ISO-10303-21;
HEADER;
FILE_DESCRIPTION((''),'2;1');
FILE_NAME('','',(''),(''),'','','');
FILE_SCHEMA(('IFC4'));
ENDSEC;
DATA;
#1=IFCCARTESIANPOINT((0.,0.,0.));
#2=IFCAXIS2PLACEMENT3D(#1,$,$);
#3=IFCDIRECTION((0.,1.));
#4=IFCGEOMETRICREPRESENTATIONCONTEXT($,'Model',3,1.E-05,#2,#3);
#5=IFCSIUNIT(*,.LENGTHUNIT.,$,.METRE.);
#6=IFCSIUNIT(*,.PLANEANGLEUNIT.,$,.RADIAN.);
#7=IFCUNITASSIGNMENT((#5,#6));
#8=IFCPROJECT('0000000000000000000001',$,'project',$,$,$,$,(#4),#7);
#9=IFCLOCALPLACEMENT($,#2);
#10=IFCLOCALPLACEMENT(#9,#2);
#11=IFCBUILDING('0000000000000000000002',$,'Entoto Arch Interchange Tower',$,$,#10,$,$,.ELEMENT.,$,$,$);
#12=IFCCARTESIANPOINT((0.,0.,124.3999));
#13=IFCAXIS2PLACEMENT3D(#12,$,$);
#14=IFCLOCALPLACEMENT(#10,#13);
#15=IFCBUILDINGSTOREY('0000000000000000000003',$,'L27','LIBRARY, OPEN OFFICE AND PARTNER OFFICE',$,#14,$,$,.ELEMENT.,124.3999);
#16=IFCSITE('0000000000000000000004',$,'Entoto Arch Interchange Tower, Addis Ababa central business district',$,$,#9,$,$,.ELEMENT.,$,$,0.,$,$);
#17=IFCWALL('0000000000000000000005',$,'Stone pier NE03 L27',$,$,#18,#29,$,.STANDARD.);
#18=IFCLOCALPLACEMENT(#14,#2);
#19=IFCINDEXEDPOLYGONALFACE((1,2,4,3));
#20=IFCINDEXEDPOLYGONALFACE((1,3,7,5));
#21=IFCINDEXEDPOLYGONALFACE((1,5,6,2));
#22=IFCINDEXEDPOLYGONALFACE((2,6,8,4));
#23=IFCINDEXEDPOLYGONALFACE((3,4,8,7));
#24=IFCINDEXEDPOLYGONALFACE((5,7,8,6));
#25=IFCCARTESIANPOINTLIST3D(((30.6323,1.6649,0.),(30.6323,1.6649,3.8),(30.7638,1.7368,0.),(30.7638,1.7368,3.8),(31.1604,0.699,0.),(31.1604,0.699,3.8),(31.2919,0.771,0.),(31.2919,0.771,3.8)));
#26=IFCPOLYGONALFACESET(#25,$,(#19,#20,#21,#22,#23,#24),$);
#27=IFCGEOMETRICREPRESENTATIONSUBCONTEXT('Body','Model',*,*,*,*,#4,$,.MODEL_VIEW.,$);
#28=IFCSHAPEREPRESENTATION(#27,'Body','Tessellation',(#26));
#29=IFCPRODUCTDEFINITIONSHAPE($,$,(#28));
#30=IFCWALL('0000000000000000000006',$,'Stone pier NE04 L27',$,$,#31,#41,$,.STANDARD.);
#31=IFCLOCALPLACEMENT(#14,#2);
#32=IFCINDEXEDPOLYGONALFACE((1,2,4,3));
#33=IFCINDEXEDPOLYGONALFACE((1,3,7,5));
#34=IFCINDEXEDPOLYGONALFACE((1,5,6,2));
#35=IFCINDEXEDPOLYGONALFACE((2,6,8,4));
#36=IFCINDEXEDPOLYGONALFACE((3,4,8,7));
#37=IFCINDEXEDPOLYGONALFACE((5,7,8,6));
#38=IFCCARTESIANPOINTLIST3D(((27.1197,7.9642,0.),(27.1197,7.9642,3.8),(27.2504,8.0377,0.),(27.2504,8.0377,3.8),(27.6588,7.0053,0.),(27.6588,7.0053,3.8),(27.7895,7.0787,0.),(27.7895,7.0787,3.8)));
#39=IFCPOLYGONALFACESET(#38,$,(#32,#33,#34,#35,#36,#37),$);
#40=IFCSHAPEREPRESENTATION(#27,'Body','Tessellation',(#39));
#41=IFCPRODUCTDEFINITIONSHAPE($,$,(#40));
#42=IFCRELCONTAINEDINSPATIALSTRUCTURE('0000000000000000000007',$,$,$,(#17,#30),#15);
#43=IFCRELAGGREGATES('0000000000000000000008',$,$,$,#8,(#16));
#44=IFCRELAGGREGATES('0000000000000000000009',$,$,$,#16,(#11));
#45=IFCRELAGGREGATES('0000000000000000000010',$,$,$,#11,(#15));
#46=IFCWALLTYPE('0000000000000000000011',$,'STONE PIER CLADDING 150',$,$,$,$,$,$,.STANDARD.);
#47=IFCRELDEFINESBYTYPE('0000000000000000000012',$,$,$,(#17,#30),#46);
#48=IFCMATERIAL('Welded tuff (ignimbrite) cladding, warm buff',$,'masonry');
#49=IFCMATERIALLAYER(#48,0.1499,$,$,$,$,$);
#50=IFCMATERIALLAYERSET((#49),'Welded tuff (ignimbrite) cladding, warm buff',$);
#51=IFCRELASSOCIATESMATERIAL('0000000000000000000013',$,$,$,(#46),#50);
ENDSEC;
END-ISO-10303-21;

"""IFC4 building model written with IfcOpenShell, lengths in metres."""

from ifc_helpers import new_model, si_unit, direction, frame, frame_2d, origin, place, context, subcontext, project, spatial, rectangle, extrude, material, layer, layer_set, type_object, element, save


model = new_model("IFC4")

# Units and contexts
model_context = context("Model", 3, precision=1e-05, world=origin(), true_north=direction((0.0, 1.0)))
body_context = subcontext(model_context, "Body", "Model", "MODEL_VIEW")
ifc_project = project(units=[si_unit("LENGTHUNIT", "METRE"), si_unit("PLANEANGLEUNIT", "RADIAN")], contexts=[model_context])

# Site, building, storey
site_placement = place(None, origin())
site = spatial("IfcSite", under=ifc_project, at=site_placement, Name="Entoto Arch Interchange Tower, Addis Ababa central business district", CompositionType="ELEMENT", RefElevation=0.0)
building_placement = place(site_placement, origin())
building = spatial("IfcBuilding", under=site, at=building_placement, Name="Entoto Arch Interchange Tower", CompositionType="ELEMENT")
storey_placement = place(building_placement, frame((0.0, 0.0, 124.3999)))
storey = spatial("IfcBuildingStorey", under=building, at=storey_placement, Name="L27", Description="LIBRARY, OPEN OFFICE AND PARTNER OFFICE", CompositionType="ELEMENT", Elevation=124.3999)

# Shared definitions
ifc_material_1 = material(Name="Welded tuff (ignimbrite) cladding, warm buff", Category="masonry")

# Walls
ifc_layer_1 = layer(ifc_material_1, 0.1499)
ifc_layer_set_1 = layer_set([ifc_layer_1], Name="Welded tuff (ignimbrite) cladding, warm buff")
wall_type_1 = type_object("IfcWallType", Name="STONE PIER CLADDING 150", PredefinedType="STANDARD", material=ifc_layer_set_1)
wall_1_placement = place(storey_placement, frame((31.2261, 0.7351, 0.0), z_axis=(0.0, 0.0, 1.0), x_axis=(-0.479738, 0.877412, 0.0)))
element("IfcWall", 1, at=wall_1_placement, inside=storey, type_object=wall_type_1, Name="Stone pier NE03 L27", PredefinedType="STANDARD", context=body_context, shape_type="SweptSolid", body=[
    extrude(rectangle(XDim=1.1008, YDim=0.1499, at=frame_2d((0.5503, 0.0))), origin(), (0.0, 0.0, 1.0), 3.8),
])
wall_2_placement = place(storey_placement, frame((27.7241, 7.042, 0.0), z_axis=(0.0, 0.0, 1.0), x_axis=(-0.490008, 0.871718, 0.0)))
element("IfcWall", 2, at=wall_2_placement, inside=storey, type_object=wall_type_1, Name="Stone pier NE04 L27", PredefinedType="STANDARD", context=body_context, shape_type="SweptSolid", body=[
    extrude(rectangle(XDim=1.1001, YDim=0.1499, at=frame_2d((0.55, 0.0))), origin(), (0.0, 0.0, 1.0), 3.8),
])

save(model, "model.ifc")
